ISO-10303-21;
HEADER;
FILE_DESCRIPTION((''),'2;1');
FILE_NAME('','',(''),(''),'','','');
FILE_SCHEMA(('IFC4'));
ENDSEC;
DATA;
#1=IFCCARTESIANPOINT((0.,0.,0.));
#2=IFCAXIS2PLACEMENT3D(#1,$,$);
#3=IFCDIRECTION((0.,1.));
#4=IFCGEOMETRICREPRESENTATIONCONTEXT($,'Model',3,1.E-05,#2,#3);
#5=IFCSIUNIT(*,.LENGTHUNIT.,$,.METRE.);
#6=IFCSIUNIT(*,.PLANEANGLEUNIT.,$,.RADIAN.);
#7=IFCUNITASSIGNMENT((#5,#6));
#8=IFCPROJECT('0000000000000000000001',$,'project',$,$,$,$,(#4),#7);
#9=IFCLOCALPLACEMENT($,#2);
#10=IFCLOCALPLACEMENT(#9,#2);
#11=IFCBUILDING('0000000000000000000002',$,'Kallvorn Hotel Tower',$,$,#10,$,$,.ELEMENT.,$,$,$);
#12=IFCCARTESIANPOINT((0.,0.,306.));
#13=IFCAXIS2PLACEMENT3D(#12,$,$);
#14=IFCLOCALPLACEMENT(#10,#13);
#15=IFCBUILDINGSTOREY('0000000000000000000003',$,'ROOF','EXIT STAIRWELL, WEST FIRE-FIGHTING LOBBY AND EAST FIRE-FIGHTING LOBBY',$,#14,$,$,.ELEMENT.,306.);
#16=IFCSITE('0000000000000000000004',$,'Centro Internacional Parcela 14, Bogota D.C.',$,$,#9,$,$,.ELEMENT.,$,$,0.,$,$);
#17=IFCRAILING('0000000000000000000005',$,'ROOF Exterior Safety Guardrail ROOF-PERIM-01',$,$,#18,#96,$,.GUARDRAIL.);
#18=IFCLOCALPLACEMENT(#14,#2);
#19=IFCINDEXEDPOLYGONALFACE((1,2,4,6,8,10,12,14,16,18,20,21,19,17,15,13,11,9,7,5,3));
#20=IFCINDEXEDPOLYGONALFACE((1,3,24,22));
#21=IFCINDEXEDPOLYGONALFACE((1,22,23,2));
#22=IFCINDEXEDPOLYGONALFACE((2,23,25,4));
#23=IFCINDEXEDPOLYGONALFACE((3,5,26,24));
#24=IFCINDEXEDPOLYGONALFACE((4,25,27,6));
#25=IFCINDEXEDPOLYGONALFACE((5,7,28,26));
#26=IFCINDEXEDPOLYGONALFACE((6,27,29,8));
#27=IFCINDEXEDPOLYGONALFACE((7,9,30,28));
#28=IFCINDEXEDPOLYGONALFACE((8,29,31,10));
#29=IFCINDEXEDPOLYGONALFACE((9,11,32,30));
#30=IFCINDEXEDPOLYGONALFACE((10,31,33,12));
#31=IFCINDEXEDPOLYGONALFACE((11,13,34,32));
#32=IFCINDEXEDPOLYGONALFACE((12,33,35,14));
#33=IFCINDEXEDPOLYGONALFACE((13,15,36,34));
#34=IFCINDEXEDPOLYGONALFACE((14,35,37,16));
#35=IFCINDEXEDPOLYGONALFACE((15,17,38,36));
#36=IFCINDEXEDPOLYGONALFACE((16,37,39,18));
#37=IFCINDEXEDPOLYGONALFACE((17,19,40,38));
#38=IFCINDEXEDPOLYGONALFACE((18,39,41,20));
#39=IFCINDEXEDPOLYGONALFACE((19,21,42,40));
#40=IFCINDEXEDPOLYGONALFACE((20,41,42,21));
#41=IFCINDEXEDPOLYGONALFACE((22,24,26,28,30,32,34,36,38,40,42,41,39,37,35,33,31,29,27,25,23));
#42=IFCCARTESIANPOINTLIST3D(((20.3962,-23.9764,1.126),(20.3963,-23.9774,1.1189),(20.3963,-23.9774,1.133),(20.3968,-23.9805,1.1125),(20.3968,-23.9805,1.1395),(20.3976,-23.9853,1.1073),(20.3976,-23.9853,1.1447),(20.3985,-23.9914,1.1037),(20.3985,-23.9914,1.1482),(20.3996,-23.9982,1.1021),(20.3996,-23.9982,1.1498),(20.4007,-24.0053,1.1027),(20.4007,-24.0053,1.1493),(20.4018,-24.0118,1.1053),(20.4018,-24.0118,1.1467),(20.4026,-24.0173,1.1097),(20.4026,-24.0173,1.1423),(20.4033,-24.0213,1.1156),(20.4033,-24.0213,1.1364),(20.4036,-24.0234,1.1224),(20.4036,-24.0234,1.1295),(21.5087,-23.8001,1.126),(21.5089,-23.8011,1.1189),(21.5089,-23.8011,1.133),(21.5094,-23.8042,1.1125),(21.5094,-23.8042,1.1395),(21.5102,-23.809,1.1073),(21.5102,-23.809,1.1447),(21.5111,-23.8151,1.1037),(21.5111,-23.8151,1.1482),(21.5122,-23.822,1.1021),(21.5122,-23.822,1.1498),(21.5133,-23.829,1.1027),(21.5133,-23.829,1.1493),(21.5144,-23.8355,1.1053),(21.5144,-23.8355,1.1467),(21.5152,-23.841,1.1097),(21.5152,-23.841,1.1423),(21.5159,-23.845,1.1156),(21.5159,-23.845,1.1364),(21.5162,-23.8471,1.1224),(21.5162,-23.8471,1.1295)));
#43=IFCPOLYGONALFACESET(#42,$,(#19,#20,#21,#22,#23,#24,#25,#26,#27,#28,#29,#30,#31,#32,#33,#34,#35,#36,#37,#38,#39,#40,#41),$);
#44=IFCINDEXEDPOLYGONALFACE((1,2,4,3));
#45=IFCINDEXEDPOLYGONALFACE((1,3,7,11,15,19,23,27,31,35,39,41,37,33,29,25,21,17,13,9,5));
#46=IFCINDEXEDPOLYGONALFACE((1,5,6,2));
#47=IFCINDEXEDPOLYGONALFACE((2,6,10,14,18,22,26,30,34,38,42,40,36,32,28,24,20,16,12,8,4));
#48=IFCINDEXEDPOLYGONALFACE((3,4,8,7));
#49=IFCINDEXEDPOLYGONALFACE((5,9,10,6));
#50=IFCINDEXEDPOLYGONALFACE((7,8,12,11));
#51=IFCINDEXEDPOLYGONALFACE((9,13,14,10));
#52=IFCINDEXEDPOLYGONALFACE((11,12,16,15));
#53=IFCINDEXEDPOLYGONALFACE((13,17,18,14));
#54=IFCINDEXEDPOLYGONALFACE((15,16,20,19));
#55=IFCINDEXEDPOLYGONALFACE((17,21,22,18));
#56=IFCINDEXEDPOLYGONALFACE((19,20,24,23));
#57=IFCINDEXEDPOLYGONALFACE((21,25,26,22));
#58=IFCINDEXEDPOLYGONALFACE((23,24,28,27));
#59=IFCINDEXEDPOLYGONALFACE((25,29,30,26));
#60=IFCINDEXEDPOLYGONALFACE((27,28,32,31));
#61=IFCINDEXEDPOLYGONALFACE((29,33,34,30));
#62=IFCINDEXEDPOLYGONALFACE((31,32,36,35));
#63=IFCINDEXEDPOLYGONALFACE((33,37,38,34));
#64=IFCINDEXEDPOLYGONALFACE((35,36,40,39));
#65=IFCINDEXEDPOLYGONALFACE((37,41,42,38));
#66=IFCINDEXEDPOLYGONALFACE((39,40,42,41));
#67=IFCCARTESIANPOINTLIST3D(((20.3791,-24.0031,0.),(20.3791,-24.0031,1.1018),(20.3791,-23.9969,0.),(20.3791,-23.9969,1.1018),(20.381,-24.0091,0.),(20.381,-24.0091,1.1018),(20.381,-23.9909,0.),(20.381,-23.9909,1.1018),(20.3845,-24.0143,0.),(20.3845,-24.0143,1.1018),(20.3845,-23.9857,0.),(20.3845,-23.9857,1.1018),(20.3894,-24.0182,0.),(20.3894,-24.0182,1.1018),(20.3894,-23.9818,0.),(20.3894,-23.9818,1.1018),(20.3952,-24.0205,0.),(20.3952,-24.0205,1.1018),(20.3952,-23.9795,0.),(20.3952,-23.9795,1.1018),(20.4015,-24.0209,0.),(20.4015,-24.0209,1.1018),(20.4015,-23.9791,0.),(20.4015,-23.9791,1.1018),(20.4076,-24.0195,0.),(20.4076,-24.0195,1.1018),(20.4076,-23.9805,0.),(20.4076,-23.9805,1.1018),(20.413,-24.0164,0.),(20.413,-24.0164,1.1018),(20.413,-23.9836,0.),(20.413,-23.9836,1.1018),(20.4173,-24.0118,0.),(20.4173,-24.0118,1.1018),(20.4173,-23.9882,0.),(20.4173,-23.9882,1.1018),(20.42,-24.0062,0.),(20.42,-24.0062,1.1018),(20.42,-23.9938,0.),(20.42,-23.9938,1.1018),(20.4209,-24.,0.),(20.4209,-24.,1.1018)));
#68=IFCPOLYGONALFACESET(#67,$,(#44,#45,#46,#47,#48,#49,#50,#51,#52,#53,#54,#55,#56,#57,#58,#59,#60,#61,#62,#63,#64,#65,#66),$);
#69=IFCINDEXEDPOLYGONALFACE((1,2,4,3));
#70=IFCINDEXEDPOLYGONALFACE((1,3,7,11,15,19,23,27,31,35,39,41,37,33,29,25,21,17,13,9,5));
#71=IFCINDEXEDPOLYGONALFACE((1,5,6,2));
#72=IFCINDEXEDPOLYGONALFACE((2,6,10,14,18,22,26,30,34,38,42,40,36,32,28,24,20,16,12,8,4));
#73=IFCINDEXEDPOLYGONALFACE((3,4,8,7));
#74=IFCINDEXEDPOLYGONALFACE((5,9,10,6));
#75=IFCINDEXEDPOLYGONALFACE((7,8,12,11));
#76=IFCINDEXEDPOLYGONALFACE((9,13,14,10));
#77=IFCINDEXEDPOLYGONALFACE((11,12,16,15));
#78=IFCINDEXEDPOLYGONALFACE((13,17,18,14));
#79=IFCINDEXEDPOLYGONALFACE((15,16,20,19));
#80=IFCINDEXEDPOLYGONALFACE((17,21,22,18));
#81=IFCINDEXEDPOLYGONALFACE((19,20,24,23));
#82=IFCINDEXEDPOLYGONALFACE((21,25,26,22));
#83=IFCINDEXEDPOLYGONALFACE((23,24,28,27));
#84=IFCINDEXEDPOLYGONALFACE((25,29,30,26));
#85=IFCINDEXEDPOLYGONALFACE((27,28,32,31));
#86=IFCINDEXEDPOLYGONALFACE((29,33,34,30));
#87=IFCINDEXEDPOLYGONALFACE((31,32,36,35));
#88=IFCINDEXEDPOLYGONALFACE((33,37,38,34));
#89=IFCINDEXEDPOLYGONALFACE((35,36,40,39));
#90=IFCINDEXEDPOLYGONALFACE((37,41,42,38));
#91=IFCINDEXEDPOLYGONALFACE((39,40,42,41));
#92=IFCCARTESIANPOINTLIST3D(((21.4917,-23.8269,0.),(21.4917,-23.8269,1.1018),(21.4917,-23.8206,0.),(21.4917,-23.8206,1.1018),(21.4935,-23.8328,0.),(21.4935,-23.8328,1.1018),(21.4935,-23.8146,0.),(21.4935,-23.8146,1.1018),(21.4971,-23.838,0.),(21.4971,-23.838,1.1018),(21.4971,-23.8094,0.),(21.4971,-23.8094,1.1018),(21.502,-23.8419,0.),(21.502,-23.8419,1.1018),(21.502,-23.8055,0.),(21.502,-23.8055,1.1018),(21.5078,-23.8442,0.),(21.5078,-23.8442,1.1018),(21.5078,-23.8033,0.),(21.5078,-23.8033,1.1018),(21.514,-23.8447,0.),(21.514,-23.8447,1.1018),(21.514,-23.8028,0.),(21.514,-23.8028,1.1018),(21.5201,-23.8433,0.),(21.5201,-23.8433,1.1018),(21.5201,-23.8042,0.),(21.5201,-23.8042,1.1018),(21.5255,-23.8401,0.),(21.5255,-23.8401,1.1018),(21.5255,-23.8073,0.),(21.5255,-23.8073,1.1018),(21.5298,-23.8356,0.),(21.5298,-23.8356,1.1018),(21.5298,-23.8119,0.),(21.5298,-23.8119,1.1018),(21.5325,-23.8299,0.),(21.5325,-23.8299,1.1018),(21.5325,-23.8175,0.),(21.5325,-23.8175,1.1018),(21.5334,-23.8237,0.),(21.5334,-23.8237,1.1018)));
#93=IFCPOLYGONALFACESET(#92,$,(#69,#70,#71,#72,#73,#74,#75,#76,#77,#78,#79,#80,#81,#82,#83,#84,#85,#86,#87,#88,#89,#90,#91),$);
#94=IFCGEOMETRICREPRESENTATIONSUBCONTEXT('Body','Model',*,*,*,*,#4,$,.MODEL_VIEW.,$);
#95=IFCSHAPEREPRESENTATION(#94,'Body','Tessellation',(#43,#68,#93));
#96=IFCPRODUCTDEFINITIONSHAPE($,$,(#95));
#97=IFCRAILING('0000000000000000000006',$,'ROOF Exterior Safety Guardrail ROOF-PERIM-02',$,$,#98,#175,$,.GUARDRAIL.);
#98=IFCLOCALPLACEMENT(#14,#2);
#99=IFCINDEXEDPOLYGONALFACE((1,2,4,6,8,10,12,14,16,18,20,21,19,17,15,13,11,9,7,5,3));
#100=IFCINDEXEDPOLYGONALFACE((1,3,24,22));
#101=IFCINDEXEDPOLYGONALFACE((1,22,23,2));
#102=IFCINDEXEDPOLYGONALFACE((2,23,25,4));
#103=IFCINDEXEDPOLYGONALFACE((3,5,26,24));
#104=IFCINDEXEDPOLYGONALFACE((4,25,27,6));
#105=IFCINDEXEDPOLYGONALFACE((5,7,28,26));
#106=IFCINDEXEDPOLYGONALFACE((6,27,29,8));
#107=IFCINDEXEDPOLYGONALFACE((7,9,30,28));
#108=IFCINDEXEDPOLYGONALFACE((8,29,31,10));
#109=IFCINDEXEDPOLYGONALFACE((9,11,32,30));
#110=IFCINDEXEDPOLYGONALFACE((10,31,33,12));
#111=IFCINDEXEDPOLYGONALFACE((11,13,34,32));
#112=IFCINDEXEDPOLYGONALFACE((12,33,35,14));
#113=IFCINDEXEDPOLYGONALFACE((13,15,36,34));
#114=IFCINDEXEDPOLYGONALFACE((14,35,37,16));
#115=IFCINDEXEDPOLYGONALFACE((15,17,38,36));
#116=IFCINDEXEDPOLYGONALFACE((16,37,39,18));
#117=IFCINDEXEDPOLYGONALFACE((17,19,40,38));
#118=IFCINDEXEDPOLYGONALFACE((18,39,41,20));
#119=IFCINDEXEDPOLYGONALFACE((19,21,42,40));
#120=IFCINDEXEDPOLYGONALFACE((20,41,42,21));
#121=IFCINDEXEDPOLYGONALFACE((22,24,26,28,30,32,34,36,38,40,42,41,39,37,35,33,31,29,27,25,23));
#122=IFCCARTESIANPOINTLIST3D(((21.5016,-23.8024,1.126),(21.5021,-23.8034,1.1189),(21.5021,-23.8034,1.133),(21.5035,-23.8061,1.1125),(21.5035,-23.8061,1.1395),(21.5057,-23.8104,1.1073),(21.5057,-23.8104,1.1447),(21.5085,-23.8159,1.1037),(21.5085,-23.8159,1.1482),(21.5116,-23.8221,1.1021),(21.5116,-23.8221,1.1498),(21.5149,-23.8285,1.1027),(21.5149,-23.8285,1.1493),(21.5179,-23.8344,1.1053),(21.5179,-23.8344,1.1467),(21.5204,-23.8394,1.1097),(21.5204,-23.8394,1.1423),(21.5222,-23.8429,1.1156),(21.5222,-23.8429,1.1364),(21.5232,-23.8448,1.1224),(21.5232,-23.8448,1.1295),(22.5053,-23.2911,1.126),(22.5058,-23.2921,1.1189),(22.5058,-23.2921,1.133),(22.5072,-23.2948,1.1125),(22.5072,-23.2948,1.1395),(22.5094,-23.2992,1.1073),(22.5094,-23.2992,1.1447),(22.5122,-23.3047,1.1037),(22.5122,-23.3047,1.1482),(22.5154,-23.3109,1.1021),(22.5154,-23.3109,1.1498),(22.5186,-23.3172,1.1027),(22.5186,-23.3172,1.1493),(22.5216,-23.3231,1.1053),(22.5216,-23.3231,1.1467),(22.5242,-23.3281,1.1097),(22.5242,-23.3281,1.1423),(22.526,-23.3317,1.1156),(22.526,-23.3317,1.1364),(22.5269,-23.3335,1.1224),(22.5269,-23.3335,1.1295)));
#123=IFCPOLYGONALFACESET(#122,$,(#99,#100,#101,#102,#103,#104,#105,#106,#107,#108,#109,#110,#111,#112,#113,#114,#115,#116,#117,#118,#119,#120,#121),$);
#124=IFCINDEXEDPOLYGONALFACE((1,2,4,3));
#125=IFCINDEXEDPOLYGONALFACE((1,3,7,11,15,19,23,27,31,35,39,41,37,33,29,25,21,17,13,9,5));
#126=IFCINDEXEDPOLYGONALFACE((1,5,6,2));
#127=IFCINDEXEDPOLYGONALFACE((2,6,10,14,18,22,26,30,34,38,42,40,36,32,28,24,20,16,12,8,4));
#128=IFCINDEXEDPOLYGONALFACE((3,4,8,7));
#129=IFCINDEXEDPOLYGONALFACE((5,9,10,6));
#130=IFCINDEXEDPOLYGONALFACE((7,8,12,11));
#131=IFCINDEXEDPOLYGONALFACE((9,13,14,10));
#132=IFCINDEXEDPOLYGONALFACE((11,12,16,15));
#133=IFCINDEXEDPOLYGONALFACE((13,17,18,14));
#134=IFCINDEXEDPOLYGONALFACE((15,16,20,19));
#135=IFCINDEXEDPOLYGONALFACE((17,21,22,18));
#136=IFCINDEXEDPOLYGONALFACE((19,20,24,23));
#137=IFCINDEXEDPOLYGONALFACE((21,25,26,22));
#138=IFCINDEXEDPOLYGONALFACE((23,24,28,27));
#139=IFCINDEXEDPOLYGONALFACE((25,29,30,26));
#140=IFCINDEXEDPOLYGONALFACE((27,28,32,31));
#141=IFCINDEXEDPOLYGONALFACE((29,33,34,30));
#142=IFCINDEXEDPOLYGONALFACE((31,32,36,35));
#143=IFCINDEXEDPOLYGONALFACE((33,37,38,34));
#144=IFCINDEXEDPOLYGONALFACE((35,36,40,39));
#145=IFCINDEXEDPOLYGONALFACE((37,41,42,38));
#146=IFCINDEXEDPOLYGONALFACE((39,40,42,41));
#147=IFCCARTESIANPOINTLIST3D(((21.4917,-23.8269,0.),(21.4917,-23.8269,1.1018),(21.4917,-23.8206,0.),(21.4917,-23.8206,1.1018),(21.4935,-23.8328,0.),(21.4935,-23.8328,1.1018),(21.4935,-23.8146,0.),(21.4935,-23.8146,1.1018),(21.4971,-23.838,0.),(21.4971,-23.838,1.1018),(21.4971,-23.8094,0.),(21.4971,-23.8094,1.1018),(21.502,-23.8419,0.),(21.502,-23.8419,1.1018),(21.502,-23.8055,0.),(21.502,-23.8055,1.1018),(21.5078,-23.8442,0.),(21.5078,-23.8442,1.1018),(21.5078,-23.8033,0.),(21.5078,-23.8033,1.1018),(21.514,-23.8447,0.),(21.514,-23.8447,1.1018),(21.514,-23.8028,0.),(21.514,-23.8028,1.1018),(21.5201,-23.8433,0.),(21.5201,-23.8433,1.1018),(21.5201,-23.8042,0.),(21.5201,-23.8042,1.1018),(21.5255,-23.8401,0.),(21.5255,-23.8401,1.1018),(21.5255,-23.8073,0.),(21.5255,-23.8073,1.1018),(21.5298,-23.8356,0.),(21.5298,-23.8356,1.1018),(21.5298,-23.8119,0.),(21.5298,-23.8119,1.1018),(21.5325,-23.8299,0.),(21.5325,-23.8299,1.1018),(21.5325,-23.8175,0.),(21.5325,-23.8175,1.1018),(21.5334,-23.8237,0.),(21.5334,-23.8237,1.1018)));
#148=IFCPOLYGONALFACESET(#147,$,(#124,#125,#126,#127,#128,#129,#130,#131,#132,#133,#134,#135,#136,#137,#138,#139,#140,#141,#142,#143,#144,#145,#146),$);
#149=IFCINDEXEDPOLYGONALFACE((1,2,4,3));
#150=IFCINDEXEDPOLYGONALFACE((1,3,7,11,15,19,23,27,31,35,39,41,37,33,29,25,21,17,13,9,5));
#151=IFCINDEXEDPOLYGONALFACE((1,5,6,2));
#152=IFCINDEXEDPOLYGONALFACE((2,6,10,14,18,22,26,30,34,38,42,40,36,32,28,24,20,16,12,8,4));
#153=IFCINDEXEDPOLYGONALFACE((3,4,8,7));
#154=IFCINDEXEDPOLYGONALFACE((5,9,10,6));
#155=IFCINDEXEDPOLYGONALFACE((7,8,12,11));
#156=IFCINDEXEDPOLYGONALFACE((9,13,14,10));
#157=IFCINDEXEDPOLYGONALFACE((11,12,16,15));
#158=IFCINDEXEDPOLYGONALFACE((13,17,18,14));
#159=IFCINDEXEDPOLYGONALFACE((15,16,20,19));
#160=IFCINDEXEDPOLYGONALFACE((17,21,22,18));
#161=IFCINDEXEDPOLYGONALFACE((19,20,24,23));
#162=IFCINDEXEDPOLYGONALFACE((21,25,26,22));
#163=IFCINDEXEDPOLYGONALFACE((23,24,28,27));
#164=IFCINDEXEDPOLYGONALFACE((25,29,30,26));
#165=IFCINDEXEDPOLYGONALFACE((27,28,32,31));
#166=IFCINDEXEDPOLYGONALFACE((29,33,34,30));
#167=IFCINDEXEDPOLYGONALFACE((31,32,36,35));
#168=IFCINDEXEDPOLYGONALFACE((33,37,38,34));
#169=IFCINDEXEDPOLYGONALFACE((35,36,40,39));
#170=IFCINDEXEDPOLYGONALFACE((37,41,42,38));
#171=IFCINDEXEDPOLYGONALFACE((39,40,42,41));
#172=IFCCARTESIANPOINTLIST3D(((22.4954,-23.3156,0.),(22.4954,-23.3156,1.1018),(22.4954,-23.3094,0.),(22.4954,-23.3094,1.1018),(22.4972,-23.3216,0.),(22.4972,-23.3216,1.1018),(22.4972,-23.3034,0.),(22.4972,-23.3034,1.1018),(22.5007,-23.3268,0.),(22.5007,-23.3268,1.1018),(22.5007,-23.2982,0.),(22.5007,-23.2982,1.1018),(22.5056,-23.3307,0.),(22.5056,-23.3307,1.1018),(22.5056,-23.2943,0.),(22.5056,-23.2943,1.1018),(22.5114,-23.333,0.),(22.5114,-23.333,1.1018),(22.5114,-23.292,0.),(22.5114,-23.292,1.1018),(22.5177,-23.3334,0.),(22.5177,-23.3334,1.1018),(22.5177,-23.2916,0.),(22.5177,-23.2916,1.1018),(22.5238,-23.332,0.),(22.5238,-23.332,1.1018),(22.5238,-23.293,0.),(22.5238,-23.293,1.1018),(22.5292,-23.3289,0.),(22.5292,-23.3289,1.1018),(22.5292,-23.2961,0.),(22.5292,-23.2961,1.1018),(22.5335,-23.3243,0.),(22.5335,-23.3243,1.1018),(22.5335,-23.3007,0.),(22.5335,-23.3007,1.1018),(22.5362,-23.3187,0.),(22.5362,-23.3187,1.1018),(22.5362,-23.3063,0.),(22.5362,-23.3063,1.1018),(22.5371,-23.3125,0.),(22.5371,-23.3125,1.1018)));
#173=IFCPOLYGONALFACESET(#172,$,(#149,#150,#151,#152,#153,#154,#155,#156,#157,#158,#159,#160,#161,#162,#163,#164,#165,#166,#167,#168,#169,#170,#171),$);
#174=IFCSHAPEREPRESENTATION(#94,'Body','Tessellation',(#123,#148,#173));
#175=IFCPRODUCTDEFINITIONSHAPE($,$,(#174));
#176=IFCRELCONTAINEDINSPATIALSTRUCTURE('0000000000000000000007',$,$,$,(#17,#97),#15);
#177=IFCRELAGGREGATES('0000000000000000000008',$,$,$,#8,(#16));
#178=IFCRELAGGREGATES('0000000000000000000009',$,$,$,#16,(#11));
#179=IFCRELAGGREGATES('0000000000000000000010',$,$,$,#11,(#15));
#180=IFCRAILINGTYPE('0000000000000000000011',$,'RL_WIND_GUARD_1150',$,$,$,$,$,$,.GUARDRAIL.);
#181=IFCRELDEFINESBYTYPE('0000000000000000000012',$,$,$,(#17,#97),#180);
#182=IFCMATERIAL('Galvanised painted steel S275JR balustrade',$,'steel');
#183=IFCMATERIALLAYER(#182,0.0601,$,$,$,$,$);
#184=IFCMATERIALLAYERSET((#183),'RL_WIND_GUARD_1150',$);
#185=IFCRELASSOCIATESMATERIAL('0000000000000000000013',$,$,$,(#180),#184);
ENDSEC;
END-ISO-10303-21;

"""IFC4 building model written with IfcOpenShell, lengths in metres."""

from ifc_helpers import new_model, si_unit, direction, frame, origin, origin_2d, place, context, subcontext, project, spatial, circle, extrude, material, layer, layer_set, type_object, element, save


model = new_model("IFC4")

# Units and contexts
model_context = context("Model", 3, precision=1e-05, world=origin(), true_north=direction((0.0, 1.0)))
body_context = subcontext(model_context, "Body", "Model", "MODEL_VIEW")
ifc_project = project(units=[si_unit("LENGTHUNIT", "METRE"), si_unit("PLANEANGLEUNIT", "RADIAN")], contexts=[model_context])

# Site, building, storey
site_placement = place(None, origin())
site = spatial("IfcSite", under=ifc_project, at=site_placement, Name="Centro Internacional Parcela 14, Bogota D.C.", CompositionType="ELEMENT", RefElevation=0.0)
building_placement = place(site_placement, origin())
building = spatial("IfcBuilding", under=site, at=building_placement, Name="Kallvorn Hotel Tower", CompositionType="ELEMENT")
storey_placement = place(building_placement, frame((0.0, 0.0, 306.0)))
storey = spatial("IfcBuildingStorey", under=building, at=storey_placement, Name="ROOF", Description="EXIT STAIRWELL, WEST FIRE-FIGHTING LOBBY AND EAST FIRE-FIGHTING LOBBY", CompositionType="ELEMENT", Elevation=306.0)

# Railings
ifc_material_1 = material(Name="Galvanised painted steel S275JR balustrade", Category="steel")
ifc_layer_1 = layer(ifc_material_1, 0.0601)
ifc_layer_set_1 = layer_set([ifc_layer_1], Name="RL_WIND_GUARD_1150")
railing_type = type_object("IfcRailingType", Name="RL_WIND_GUARD_1150", PredefinedType="GUARDRAIL", material=ifc_layer_set_1)
railing_1_placement = place(storey_placement, frame((20.3999, -24.0, 0.0)))
element("IfcRailing", 1, at=railing_1_placement, inside=storey, type_object=railing_type, Name="ROOF Exterior Safety Guardrail ROOF-PERIM-01", PredefinedType="GUARDRAIL", context=body_context, shape_type="SweptSolid", body=[
    extrude(circle(Radius=0.0239, at=origin_2d()), frame((0.0, 0.0, 1.126), z_axis=(0.98768, 0.156486, 0.0), x_axis=(-0.156486, 0.98768, 0.0)), (0.0, 0.0, 1.0), 1.1265),
    extrude(circle(Radius=0.021, at=origin_2d()), origin(), (0.0, 0.0, 1.0), 1.1018),
    extrude(circle(Radius=0.021, at=origin_2d()), frame((1.1125, 0.1763, 0.0)), (0.0, 0.0, 1.0), 1.1018),
])
railing_2_placement = place(storey_placement, frame((21.5125, -23.8237, 0.0)))
element("IfcRailing", 2, at=railing_2_placement, inside=storey, type_object=railing_type, Name="ROOF Exterior Safety Guardrail ROOF-PERIM-02", PredefinedType="GUARDRAIL", context=body_context, shape_type="SweptSolid", body=[
    extrude(circle(Radius=0.0239, at=origin_2d()), frame((0.0, 0.0, 1.126), z_axis=(0.891064, 0.453877, 0.0), x_axis=(-0.453877, 0.891064, 0.0)), (0.0, 0.0, 1.0), 1.1265),
    extrude(circle(Radius=0.021, at=origin_2d()), origin(), (0.0, 0.0, 1.0), 1.1018),
    extrude(circle(Radius=0.021, at=origin_2d()), frame((1.0037, 0.5112, 0.0)), (0.0, 0.0, 1.0), 1.1018),
])

save(model, "model.ifc")
